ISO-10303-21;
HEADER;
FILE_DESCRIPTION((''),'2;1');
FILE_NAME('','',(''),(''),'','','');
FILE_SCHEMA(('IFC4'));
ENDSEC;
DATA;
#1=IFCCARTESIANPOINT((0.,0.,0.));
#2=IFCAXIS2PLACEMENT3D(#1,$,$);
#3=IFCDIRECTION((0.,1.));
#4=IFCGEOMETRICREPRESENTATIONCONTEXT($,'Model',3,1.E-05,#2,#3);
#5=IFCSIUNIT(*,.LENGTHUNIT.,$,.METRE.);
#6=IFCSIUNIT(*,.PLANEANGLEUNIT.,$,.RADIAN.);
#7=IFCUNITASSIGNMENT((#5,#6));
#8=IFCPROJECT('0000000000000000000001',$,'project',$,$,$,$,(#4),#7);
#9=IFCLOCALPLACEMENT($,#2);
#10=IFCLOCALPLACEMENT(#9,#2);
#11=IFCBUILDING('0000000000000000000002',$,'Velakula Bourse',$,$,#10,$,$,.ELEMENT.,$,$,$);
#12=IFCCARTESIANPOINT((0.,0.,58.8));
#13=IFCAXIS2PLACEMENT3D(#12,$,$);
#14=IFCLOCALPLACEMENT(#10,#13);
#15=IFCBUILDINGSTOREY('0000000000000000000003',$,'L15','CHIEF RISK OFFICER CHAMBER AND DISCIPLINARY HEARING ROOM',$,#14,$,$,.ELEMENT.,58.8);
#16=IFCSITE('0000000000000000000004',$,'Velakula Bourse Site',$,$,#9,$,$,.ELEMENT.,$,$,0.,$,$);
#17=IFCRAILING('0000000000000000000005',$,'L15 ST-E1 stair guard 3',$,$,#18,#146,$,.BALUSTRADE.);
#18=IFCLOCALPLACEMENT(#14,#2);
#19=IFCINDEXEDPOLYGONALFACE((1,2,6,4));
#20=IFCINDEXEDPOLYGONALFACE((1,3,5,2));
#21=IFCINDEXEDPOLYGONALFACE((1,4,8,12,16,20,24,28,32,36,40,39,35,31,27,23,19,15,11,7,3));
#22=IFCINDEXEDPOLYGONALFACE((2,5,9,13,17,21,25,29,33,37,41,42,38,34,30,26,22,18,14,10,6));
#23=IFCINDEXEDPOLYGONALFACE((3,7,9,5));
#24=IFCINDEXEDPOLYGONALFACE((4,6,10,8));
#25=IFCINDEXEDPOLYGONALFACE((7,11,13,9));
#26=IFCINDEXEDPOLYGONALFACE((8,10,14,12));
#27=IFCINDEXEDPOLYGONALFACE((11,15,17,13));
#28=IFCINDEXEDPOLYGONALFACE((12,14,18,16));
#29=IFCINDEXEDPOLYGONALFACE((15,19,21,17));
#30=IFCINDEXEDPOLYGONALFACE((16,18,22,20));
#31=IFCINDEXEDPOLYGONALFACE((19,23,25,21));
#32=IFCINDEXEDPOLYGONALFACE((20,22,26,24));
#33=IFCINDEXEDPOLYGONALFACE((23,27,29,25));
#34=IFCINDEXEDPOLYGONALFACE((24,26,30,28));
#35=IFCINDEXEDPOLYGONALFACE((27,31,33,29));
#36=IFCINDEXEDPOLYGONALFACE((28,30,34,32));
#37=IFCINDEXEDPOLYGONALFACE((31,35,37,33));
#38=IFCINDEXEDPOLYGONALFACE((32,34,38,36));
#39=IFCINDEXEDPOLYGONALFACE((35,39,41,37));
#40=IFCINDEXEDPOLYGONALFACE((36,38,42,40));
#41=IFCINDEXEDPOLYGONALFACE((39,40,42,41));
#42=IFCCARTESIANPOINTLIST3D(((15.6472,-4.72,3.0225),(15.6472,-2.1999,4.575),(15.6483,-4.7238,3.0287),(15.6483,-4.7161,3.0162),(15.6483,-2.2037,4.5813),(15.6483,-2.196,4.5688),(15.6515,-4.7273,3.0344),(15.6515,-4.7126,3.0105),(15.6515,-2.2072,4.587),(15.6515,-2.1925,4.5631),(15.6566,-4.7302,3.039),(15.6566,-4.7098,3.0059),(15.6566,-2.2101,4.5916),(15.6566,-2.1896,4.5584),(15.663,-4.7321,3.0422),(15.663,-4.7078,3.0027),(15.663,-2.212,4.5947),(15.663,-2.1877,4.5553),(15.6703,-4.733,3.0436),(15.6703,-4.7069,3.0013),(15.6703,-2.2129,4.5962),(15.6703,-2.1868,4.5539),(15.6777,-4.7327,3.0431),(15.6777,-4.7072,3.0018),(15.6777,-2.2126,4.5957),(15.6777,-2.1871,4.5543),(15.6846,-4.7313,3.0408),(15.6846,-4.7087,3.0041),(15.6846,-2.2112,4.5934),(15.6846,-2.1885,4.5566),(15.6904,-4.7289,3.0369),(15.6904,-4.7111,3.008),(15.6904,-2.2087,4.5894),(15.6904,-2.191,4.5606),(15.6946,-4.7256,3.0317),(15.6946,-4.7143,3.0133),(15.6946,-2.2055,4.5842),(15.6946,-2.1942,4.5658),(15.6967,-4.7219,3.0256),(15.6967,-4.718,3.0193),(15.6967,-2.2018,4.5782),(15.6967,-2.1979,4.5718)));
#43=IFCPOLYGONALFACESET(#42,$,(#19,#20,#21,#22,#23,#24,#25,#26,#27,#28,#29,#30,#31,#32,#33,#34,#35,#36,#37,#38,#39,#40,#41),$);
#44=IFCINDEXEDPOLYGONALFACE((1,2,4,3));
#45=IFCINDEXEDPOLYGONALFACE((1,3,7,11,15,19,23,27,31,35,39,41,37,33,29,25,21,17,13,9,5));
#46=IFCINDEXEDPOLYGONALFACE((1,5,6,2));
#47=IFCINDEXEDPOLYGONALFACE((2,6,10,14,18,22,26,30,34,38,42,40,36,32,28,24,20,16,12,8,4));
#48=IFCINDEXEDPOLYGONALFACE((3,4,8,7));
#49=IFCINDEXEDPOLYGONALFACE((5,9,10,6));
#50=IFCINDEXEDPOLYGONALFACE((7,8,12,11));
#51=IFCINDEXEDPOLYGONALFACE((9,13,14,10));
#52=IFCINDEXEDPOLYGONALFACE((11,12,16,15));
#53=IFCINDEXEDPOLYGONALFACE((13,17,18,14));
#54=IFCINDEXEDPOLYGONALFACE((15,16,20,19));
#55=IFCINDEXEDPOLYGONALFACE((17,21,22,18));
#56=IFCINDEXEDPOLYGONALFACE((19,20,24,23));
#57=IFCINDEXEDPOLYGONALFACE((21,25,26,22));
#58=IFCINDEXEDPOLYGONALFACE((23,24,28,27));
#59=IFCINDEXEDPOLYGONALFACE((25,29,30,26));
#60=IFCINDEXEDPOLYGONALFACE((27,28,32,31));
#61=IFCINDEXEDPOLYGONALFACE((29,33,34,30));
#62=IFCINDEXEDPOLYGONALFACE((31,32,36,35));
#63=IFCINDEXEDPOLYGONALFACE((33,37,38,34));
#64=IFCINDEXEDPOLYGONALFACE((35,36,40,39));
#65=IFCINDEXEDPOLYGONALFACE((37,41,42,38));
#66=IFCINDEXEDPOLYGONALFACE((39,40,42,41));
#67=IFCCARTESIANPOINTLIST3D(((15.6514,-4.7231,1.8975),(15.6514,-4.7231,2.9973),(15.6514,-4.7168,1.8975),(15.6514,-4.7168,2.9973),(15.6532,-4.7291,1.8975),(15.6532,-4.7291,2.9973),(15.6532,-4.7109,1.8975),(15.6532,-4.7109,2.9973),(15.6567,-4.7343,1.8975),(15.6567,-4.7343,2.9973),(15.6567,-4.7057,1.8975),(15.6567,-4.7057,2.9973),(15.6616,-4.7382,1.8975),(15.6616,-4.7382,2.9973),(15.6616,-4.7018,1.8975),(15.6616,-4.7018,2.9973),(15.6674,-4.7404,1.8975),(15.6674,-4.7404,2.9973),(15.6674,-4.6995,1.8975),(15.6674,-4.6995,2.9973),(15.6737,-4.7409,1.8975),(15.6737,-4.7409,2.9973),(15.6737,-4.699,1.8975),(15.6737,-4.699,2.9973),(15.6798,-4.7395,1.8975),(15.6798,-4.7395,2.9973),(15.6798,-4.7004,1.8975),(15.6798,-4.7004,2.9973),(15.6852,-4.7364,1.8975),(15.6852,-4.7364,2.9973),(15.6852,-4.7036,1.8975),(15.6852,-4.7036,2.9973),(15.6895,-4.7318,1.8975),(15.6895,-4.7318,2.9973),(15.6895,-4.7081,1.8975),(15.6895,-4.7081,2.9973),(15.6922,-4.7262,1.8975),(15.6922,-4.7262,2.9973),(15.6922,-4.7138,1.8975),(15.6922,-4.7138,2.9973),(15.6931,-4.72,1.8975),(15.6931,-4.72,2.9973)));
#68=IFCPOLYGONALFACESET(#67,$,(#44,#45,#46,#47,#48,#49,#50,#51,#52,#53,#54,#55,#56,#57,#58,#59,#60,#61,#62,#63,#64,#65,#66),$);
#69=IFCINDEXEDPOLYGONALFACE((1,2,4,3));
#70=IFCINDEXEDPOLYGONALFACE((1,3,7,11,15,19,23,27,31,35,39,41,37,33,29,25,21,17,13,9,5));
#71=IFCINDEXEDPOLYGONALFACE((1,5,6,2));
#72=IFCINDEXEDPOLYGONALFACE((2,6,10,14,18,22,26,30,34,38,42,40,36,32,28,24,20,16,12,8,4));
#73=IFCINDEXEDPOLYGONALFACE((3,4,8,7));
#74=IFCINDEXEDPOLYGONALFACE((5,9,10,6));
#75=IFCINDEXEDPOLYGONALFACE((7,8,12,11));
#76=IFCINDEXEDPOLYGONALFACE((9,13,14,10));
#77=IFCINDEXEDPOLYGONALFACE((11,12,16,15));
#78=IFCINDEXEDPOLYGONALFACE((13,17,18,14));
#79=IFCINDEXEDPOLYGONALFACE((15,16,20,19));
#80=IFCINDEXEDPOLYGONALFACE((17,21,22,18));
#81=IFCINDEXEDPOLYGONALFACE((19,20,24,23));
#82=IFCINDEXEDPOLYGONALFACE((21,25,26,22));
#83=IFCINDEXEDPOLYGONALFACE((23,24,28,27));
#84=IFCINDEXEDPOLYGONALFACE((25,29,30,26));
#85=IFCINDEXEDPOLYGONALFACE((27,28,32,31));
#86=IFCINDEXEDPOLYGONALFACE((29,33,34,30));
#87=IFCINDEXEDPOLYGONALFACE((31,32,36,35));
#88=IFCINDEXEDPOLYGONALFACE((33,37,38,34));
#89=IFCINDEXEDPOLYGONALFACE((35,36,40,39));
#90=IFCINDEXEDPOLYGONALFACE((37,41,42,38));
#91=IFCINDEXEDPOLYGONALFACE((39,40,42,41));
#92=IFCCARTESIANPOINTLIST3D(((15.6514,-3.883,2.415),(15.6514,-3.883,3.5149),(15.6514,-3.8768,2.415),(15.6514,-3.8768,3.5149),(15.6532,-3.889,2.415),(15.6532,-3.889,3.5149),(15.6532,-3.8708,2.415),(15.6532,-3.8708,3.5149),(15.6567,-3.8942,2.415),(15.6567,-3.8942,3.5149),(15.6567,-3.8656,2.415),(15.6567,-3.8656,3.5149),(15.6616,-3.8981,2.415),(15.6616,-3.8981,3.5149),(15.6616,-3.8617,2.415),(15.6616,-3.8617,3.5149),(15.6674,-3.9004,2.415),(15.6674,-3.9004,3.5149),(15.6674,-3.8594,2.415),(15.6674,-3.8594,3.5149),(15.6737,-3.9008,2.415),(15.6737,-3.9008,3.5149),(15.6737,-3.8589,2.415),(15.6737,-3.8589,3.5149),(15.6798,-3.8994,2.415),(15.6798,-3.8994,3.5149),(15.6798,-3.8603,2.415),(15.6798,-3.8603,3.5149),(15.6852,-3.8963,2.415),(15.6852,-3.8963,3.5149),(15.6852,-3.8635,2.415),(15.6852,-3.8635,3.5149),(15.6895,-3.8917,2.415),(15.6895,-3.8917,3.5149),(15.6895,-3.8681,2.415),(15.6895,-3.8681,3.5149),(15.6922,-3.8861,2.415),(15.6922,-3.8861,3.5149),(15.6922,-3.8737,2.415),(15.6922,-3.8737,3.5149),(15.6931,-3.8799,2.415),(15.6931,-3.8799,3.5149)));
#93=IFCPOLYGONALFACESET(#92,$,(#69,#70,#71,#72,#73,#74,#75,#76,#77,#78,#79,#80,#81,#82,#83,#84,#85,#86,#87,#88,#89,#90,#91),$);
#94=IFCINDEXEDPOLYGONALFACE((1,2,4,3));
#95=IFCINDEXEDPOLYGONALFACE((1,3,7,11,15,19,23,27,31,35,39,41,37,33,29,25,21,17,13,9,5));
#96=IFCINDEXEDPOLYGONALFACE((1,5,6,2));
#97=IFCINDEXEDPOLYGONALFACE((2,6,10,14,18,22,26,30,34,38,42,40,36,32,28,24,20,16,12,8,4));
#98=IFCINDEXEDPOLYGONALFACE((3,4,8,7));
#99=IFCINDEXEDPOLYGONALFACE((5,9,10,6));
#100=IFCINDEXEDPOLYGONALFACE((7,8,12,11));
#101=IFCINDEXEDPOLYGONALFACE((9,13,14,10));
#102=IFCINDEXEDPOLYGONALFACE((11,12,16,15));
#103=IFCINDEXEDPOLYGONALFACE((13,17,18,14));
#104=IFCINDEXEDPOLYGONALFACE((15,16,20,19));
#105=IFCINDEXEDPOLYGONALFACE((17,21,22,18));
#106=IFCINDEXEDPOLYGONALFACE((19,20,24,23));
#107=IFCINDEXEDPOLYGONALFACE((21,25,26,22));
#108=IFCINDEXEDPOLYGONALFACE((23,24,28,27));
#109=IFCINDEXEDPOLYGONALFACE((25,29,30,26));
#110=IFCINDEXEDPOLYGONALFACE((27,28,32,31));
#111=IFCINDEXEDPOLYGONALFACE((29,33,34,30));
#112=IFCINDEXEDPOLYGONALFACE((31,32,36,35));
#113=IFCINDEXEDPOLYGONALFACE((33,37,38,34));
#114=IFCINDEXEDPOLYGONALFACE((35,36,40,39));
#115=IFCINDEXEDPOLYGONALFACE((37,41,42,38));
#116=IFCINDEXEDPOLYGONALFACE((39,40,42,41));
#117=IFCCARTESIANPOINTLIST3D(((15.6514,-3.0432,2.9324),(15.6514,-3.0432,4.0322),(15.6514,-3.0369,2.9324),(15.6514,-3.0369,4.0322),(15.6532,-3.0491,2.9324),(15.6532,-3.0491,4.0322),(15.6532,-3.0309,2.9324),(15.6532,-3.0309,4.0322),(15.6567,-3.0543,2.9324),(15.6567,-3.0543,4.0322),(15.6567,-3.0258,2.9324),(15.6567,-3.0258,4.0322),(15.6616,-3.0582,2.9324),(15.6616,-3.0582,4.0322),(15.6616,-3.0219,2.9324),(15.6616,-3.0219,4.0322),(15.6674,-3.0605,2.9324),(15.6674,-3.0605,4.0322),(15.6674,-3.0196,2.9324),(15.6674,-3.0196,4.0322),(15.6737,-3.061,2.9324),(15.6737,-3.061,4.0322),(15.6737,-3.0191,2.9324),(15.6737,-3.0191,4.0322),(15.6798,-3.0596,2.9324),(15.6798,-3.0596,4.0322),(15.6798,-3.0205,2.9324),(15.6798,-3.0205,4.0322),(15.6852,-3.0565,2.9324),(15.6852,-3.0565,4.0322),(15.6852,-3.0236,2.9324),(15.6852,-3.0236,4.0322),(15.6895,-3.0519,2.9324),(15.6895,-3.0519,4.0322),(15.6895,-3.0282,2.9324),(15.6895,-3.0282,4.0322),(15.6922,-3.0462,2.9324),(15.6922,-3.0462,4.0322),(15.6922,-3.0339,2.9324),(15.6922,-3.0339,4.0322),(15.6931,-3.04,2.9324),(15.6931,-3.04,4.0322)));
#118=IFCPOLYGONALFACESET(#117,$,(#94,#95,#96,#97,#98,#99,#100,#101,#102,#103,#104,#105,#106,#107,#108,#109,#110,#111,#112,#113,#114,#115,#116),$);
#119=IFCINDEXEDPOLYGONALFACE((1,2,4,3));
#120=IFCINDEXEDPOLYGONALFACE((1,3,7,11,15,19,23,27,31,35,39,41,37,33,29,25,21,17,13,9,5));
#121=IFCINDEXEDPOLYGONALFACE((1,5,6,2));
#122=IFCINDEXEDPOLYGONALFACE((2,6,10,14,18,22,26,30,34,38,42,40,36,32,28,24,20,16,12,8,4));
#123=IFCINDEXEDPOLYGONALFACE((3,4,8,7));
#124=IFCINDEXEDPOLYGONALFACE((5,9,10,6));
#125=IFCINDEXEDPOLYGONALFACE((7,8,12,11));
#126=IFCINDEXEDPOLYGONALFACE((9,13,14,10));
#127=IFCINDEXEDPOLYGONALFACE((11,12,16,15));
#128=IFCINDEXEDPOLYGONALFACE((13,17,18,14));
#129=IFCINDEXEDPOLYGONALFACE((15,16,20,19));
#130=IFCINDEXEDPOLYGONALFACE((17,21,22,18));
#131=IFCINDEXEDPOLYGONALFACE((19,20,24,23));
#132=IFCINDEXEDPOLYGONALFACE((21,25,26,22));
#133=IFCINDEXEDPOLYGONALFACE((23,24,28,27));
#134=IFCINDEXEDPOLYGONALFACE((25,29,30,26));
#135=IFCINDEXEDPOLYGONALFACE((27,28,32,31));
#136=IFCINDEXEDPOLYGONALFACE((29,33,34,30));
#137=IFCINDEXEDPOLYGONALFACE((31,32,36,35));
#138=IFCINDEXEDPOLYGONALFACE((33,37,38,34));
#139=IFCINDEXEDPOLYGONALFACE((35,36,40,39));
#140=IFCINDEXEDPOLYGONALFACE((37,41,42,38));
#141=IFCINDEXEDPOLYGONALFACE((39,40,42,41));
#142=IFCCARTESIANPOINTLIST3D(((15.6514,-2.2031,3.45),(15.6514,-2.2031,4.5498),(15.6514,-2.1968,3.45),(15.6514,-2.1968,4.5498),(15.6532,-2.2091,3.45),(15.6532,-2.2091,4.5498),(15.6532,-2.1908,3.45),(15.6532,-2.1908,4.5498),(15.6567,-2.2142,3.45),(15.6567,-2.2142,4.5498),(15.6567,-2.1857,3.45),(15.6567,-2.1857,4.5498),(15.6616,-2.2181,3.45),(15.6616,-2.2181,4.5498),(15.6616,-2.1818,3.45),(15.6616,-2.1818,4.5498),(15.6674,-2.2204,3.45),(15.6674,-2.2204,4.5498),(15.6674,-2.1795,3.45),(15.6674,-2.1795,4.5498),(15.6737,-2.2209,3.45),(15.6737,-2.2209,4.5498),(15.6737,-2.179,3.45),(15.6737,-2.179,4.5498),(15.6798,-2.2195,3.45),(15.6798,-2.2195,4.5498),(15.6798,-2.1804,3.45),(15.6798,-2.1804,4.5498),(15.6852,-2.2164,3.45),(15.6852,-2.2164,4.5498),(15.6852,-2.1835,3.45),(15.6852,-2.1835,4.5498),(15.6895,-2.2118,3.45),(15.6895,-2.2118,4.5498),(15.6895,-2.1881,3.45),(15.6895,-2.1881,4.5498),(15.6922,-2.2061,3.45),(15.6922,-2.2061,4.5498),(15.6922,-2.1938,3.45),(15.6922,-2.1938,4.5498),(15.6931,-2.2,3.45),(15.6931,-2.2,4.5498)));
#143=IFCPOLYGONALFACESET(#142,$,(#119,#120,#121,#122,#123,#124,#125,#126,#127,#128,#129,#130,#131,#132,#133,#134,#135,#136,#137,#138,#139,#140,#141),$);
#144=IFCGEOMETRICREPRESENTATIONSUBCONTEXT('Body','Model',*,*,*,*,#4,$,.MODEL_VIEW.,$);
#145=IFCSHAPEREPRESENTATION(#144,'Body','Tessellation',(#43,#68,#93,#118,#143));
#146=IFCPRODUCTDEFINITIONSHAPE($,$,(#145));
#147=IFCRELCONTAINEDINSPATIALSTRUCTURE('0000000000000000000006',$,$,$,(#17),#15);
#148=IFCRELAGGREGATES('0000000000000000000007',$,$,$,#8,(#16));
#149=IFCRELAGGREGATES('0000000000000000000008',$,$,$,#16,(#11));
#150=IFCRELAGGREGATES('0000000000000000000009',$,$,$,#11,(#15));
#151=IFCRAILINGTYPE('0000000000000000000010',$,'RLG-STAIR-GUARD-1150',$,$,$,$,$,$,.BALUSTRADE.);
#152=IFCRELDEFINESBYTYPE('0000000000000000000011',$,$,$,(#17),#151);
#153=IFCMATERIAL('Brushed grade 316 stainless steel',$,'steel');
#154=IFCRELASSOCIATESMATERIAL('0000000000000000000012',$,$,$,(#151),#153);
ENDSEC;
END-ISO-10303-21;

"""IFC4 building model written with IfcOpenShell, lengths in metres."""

from ifc_helpers import new_model, si_unit, direction, frame, origin, origin_2d, place, context, subcontext, project, spatial, circle, extrude, material, type_object, element, save


model = new_model("IFC4")

# Units and contexts
model_context = context("Model", 3, precision=1e-05, world=origin(), true_north=direction((0.0, 1.0)))
body_context = subcontext(model_context, "Body", "Model", "MODEL_VIEW")
ifc_project = project(units=[si_unit("LENGTHUNIT", "METRE"), si_unit("PLANEANGLEUNIT", "RADIAN")], contexts=[model_context])

# Site, building, storey
site_placement = place(None, origin())
site = spatial("IfcSite", under=ifc_project, at=site_placement, Name="Velakula Bourse Site", CompositionType="ELEMENT", RefElevation=0.0)
building_placement = place(site_placement, origin())
building = spatial("IfcBuilding", under=site, at=building_placement, Name="Velakula Bourse", CompositionType="ELEMENT")
storey_placement = place(building_placement, frame((0.0, 0.0, 58.8)))
storey = spatial("IfcBuildingStorey", under=building, at=storey_placement, Name="L15", Description="CHIEF RISK OFFICER CHAMBER AND DISCIPLINARY HEARING ROOM", CompositionType="ELEMENT", Elevation=58.8)

# Shared definitions
ifc_material_1 = material(Name="Brushed grade 316 stainless steel", Category="steel")

# Railing
railing_type_1 = type_object("IfcRailingType", Name="RLG-STAIR-GUARD-1150", PredefinedType="BALUSTRADE", material=ifc_material_1)
railing_1_placement = place(storey_placement, frame((15.6721, -4.72, 1.8975)))
element("IfcRailing", 1, at=railing_1_placement, inside=storey, type_object=railing_type_1, Name="L15 ST-E1 stair guard 3", PredefinedType="BALUSTRADE", context=body_context, shape_type="SweptSolid", body=[
    extrude(circle(Radius=0.0249, at=origin_2d()), frame((0.0, 0.0, 1.125), z_axis=(0.0, 0.8514, 0.524516), x_axis=(-1.0, 0.0, 0.0)), (0.0, 0.0, 1.0), 2.96),
    extrude(circle(Radius=0.021, at=origin_2d()), origin(), (0.0, 0.0, 1.0), 1.0999),
    extrude(circle(Radius=0.021, at=origin_2d()), frame((0.0, 0.8401, 0.5176)), (0.0, 0.0, 1.0), 1.0999),
    extrude(circle(Radius=0.021, at=origin_2d()), frame((0.0, 1.6799, 1.0349)), (0.0, 0.0, 1.0), 1.0999),
    extrude(circle(Radius=0.021, at=origin_2d()), frame((0.0, 2.52, 1.5525)), (0.0, 0.0, 1.0), 1.0999),
])

save(model, "model.ifc")
